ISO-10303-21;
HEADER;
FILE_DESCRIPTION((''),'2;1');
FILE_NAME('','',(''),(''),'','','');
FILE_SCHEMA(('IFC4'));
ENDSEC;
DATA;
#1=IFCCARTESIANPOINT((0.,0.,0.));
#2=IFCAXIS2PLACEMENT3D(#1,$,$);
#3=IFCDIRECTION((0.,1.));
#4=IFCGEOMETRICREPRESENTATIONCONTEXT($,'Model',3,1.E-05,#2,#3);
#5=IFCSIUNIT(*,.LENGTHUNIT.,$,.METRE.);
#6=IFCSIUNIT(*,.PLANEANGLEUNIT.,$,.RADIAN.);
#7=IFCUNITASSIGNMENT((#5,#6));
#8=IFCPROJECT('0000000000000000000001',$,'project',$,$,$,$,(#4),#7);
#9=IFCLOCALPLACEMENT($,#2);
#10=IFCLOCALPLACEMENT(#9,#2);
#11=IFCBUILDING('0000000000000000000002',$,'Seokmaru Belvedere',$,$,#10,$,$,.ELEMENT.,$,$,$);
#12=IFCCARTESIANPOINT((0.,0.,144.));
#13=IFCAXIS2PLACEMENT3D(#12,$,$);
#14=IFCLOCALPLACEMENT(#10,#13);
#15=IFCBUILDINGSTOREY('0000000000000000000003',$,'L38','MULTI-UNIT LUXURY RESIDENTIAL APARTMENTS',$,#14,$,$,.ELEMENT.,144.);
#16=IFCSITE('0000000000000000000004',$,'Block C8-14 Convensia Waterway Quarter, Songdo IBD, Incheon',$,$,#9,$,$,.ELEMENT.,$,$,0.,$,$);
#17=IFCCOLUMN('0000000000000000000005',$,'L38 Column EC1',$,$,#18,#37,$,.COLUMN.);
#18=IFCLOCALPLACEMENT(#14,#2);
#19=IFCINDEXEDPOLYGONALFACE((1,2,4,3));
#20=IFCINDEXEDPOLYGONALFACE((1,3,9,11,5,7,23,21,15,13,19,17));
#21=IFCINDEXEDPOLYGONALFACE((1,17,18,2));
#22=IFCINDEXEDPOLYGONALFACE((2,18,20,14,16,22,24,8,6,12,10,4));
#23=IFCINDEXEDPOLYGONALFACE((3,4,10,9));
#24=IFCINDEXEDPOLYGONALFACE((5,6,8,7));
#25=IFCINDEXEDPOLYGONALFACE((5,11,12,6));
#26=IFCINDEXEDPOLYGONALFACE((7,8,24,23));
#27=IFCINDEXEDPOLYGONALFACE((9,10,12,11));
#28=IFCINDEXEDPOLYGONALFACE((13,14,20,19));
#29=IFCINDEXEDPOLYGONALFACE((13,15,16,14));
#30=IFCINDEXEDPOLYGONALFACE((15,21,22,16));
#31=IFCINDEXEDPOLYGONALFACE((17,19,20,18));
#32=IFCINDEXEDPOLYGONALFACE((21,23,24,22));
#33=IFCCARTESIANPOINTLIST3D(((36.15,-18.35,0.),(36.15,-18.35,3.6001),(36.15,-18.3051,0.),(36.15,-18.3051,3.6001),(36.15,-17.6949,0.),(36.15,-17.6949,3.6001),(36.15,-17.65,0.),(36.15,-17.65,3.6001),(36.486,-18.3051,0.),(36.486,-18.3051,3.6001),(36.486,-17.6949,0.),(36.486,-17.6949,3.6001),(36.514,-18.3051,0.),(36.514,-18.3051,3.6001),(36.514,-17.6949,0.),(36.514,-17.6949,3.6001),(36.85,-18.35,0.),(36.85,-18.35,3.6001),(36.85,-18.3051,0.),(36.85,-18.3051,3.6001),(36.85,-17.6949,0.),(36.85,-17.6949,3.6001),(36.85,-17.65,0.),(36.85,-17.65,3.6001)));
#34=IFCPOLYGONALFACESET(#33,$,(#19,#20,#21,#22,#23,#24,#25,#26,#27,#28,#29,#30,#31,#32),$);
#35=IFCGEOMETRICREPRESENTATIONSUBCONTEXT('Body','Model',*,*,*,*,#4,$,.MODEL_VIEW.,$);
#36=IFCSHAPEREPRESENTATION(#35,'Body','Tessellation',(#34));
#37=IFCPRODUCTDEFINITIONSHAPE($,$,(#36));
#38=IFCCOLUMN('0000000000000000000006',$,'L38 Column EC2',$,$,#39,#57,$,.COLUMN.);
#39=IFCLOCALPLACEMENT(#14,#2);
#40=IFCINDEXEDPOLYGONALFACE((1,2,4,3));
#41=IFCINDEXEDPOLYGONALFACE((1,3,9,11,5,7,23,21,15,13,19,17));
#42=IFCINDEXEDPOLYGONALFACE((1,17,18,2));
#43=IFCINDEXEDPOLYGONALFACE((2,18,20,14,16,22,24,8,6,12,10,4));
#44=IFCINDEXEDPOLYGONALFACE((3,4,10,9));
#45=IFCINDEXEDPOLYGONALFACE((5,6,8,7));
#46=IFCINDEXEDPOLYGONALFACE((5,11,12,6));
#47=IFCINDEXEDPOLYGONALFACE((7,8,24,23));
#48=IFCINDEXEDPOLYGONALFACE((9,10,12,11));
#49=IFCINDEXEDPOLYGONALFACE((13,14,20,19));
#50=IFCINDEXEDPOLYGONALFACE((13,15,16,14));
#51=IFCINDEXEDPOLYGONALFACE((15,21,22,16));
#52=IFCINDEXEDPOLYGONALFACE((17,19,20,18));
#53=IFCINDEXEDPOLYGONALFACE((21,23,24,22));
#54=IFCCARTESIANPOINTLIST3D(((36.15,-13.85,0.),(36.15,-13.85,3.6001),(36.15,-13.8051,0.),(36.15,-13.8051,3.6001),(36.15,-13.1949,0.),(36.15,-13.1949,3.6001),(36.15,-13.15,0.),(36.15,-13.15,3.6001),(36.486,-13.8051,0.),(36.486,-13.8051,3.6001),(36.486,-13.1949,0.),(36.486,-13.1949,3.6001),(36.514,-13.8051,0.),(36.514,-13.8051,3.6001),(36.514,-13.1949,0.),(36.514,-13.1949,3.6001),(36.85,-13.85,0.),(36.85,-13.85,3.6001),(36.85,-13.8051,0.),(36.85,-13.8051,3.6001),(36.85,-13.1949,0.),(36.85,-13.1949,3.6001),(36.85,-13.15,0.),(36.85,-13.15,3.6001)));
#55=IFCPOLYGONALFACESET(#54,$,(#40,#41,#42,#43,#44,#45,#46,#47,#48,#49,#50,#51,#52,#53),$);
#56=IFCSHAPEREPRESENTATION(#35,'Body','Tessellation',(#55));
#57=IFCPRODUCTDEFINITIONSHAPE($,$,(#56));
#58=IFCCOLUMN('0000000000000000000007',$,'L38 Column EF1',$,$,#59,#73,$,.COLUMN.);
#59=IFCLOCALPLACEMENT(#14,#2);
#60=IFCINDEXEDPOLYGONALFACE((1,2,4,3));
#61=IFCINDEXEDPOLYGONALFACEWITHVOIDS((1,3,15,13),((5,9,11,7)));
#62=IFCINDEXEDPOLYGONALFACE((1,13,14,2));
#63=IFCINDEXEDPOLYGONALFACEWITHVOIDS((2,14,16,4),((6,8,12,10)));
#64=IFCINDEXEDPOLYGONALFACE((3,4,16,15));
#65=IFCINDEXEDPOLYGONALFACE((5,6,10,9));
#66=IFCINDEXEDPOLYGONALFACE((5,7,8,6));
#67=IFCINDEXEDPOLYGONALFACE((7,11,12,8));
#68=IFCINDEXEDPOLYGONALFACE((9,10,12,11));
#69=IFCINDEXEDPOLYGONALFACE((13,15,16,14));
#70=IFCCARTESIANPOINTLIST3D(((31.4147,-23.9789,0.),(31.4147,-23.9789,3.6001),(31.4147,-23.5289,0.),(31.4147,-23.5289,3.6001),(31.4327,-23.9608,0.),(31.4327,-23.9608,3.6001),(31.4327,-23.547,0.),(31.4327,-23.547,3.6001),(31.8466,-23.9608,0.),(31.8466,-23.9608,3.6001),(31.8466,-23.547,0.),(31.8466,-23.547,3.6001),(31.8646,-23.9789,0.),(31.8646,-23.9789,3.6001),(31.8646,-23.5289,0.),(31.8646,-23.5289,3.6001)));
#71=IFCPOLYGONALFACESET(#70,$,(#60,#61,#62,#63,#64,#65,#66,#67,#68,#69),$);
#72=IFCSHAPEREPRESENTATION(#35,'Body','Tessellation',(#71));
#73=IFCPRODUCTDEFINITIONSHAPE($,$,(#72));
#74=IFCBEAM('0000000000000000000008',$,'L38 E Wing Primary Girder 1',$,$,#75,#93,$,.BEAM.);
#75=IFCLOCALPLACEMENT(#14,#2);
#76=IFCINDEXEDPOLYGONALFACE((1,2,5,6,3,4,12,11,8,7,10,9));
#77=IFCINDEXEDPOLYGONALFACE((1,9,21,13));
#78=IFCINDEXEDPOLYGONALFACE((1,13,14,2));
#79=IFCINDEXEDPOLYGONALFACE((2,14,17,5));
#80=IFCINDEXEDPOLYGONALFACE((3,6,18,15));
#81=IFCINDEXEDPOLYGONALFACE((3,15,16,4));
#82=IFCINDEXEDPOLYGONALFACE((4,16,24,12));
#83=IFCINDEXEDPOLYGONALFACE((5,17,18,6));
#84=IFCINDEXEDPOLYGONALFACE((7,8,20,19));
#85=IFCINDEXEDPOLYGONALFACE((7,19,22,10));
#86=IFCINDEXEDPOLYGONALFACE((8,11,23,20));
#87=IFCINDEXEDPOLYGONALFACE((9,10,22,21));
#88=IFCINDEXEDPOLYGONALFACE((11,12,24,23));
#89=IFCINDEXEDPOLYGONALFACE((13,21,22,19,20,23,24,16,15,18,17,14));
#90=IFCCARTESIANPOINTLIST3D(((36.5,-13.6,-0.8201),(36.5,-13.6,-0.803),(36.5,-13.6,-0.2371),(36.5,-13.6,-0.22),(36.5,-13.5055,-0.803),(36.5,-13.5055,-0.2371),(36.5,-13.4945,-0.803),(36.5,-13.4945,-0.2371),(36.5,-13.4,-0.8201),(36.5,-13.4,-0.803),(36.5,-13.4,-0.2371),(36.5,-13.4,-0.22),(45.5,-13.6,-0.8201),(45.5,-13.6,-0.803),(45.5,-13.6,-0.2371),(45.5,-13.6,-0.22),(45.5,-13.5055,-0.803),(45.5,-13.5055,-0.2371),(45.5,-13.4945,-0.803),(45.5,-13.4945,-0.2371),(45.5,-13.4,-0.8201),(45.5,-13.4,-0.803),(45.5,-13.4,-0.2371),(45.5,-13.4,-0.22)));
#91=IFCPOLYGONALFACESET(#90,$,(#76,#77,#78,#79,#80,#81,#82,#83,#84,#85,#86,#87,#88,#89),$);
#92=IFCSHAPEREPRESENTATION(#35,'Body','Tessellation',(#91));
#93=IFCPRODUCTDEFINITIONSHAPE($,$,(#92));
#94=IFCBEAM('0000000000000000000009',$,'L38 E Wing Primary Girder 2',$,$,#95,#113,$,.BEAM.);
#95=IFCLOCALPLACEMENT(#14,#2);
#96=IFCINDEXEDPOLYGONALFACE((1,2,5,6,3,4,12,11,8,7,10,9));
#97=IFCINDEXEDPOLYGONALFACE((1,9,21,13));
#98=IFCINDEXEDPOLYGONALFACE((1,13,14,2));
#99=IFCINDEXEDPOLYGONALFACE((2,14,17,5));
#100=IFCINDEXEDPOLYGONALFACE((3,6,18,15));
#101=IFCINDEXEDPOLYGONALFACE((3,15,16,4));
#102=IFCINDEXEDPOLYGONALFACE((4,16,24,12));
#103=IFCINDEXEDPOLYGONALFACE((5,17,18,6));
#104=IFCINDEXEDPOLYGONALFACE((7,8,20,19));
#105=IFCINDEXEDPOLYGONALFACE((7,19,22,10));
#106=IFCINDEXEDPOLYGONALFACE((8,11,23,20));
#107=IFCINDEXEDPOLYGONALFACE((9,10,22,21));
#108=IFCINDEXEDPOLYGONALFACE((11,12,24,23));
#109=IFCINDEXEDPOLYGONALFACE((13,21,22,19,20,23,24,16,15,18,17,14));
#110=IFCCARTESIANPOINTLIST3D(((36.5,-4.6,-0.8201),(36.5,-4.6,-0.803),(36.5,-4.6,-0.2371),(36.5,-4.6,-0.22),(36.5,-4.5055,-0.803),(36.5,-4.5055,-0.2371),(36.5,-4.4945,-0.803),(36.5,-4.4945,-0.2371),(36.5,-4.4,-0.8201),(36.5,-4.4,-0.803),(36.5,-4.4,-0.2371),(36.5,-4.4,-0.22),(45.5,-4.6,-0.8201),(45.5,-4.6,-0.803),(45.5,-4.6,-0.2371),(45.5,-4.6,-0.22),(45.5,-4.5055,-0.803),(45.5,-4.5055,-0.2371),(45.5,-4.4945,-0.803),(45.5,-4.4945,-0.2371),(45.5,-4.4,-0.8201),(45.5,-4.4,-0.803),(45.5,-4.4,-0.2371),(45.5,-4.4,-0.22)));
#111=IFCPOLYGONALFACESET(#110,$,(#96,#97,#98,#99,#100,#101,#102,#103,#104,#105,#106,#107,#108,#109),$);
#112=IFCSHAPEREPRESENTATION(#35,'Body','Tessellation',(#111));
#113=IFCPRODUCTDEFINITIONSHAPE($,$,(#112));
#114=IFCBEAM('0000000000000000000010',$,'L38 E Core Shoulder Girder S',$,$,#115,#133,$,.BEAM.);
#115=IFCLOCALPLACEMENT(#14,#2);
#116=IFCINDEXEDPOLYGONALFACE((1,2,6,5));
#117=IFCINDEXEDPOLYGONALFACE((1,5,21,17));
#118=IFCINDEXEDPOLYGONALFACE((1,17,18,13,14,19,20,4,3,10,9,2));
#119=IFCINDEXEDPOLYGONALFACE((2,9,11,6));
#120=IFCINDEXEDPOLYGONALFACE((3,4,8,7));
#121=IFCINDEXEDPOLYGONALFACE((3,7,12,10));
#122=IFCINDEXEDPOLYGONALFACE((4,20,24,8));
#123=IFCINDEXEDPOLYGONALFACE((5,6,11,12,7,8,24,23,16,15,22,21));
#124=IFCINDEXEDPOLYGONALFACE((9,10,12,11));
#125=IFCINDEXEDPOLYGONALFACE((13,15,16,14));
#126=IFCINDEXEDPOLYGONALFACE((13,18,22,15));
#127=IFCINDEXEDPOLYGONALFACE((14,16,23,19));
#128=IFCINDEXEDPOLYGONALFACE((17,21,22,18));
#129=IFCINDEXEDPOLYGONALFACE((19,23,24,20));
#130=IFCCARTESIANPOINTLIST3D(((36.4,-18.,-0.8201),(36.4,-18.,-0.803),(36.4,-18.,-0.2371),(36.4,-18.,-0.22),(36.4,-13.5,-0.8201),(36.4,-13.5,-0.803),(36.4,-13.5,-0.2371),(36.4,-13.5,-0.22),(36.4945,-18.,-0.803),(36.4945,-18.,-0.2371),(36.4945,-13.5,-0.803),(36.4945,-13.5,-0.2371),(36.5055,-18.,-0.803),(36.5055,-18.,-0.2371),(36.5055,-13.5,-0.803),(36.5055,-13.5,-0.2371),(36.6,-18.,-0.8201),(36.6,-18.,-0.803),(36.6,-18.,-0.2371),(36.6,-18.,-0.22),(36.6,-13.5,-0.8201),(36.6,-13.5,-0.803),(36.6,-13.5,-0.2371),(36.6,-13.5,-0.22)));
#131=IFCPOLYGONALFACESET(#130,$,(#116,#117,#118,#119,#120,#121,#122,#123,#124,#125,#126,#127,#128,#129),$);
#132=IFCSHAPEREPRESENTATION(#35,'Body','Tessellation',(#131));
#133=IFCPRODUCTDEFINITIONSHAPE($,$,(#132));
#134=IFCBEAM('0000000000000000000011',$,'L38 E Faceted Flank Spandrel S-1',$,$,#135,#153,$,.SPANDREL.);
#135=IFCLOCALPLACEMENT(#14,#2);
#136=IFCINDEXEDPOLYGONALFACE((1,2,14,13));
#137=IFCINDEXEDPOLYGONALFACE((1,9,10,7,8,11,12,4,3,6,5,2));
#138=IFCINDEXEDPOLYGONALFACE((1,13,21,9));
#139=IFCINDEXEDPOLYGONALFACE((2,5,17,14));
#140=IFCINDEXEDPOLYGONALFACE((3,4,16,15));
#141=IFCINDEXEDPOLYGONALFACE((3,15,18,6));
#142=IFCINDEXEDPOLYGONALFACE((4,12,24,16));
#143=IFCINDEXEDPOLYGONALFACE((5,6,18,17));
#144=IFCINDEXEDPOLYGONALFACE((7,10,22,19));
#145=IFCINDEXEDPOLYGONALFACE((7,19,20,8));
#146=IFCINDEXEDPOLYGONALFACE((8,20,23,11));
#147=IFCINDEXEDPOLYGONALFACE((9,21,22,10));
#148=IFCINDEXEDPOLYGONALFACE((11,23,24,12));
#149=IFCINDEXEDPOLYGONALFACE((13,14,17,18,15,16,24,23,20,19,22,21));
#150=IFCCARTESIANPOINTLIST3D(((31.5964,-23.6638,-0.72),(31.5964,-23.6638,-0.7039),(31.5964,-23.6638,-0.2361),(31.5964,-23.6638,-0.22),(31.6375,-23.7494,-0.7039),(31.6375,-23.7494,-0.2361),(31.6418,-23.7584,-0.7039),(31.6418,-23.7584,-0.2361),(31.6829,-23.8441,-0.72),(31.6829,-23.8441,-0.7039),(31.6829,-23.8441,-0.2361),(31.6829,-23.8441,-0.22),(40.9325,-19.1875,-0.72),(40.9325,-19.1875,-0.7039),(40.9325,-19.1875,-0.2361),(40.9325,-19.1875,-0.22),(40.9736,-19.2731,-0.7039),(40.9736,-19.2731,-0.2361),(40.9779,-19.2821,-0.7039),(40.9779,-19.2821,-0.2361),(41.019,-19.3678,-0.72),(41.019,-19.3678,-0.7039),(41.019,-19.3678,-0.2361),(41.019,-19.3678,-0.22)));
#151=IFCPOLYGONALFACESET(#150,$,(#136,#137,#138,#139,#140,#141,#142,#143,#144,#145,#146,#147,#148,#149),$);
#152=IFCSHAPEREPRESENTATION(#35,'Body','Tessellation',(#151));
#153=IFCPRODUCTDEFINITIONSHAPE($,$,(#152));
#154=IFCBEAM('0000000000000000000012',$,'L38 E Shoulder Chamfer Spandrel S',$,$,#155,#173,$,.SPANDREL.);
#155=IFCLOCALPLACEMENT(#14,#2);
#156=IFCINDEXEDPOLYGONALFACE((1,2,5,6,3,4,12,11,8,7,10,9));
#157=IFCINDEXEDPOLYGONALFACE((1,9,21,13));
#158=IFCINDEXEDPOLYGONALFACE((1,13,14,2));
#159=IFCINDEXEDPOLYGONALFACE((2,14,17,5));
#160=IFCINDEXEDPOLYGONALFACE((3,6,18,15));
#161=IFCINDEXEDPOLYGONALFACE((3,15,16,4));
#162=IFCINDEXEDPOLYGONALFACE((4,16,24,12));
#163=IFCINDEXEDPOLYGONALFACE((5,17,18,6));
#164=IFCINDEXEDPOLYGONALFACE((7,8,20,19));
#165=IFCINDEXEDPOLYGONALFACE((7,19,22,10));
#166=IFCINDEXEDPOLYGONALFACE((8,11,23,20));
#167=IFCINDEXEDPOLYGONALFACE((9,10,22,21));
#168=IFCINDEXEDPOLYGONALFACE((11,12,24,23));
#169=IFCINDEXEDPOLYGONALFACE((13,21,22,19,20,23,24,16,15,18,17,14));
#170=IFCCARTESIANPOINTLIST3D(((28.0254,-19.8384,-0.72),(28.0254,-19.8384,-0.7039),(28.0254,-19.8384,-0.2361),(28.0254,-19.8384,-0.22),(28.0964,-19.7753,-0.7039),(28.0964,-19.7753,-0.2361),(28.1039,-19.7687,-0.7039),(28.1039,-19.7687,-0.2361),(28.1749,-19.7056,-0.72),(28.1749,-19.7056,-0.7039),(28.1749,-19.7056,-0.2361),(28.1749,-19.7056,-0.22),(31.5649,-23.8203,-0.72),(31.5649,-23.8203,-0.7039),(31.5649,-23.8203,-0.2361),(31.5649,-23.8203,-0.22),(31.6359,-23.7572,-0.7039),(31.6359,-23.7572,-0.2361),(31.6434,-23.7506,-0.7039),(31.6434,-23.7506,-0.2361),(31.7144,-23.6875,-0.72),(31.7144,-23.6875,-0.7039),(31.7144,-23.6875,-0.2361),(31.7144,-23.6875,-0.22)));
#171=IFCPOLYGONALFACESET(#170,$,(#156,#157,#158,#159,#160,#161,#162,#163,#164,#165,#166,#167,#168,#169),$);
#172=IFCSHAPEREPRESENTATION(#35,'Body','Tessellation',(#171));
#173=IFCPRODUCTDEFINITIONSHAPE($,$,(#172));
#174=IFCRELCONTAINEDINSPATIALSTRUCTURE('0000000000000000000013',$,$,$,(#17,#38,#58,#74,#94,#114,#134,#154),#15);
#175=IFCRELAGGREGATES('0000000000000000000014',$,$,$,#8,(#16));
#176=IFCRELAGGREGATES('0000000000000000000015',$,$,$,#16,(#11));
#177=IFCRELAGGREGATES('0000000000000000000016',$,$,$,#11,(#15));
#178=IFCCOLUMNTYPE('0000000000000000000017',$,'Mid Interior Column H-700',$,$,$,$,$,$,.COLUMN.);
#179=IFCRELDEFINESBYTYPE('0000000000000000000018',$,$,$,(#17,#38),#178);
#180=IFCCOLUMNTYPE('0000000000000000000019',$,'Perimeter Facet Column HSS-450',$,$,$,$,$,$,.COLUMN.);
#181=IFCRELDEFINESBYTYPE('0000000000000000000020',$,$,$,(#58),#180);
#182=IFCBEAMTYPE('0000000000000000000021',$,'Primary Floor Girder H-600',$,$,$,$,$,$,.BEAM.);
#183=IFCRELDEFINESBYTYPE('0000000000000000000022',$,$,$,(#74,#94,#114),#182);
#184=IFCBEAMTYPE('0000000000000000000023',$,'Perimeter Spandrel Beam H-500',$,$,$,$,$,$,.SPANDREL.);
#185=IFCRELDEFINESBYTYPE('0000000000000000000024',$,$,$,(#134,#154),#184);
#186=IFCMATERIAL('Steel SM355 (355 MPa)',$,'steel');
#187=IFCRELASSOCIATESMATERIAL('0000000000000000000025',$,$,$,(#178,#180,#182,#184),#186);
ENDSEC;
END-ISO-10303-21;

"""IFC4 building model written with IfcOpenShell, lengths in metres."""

from ifc_helpers import new_model, si_unit, direction, frame, origin, origin_2d, place, context, subcontext, project, spatial, hollow_rectangle, i_section, extrude, source, transform, mapped, material, material_profile, profile_set, type_object, type_shapes, element, save


model = new_model("IFC4")

# Units and contexts
model_context = context("Model", 3, precision=1e-05, world=origin(), true_north=direction((0.0, 1.0)))
body_context = subcontext(model_context, "Body", "Model", "MODEL_VIEW")
ifc_project = project(units=[si_unit("LENGTHUNIT", "METRE"), si_unit("PLANEANGLEUNIT", "RADIAN")], contexts=[model_context])

# Site, building, storey
site_placement = place(None, origin())
site = spatial("IfcSite", under=ifc_project, at=site_placement, Name="Block C8-14 Convensia Waterway Quarter, Songdo IBD, Incheon", CompositionType="ELEMENT", RefElevation=0.0)
building_placement = place(site_placement, origin())
building = spatial("IfcBuilding", under=site, at=building_placement, Name="Seokmaru Belvedere", CompositionType="ELEMENT")
storey_placement = place(building_placement, frame((0.0, 0.0, 144.0)))
storey = spatial("IfcBuildingStorey", under=building, at=storey_placement, Name="L38", Description="MULTI-UNIT LUXURY RESIDENTIAL APARTMENTS", CompositionType="ELEMENT", Elevation=144.0)

# Columns
ifc_material_1 = material(Name="Steel SM355 (355 MPa)", Category="steel")
ifc_material_profile_1 = material_profile(ifc_material_1, i_section(OverallWidth=0.7, OverallDepth=0.7, WebThickness=0.0281, FlangeThickness=0.0449, at=origin_2d()), Name="H-700x700x28x45")
ifc_profile_set_1 = profile_set([ifc_material_profile_1], Name="Steel SM355 (355 MPa)")
column_type_1 = type_object("IfcColumnType", Name="Mid Interior Column H-700", PredefinedType="COLUMN", material=ifc_profile_set_1)
shared_shape_1 = source(origin(), body_context, "Body", "SweptSolid", [
    extrude(i_section(OverallWidth=0.7, OverallDepth=0.7, WebThickness=0.0281, FlangeThickness=0.0449, at=origin_2d()), origin(), (0.0, 0.0, 1.0), 3.6001),
])
type_shapes(column_type_1, [shared_shape_1])
for number, where, z_axis, x_axis, name in (
    (1, (36.5, -18.0, 0.0), (0.0, 0.0, 1.0), (1.0, 0.0, 0.0), "L38 Column EC1"),
    (2, (36.5, -13.5, 0.0), (0.0, 0.0, 1.0), (1.0, 0.0, 0.0), "L38 Column EC2"),
):
    element("IfcColumn", number, at=place(storey_placement, frame(where, z_axis=z_axis, x_axis=x_axis)), inside=storey, type_object=column_type_1, Name=name, PredefinedType="COLUMN", context=body_context, shape_type="MappedRepresentation", body=[
        mapped(shared_shape_1, transform((0.0, 0.0, 0.0), scale=1.0)),
    ])
ifc_material_profile_2 = material_profile(ifc_material_1, hollow_rectangle(XDim=0.45, YDim=0.45, WallThickness=0.0181, at=origin_2d()), Name="HSS-450x450x18")
ifc_profile_set_2 = profile_set([ifc_material_profile_2], Name="Steel SM355 (355 MPa)")
column_type_2 = type_object("IfcColumnType", Name="Perimeter Facet Column HSS-450", PredefinedType="COLUMN", material=ifc_profile_set_2)
shared_shape_2 = source(origin(), body_context, "Body", "SweptSolid", [
    extrude(hollow_rectangle(XDim=0.45, YDim=0.45, WallThickness=0.0181, at=origin_2d()), origin(), (0.0, 0.0, 1.0), 3.6001),
])
type_shapes(column_type_2, [shared_shape_2])
column_placement = place(storey_placement, frame((31.6396, -23.7539, 0.0), z_axis=(0.0, 0.0, 1.0), x_axis=(1.0, 0.0, 0.0)))
element("IfcColumn", 3, at=column_placement, inside=storey, type_object=column_type_2, Name="L38 Column EF1", PredefinedType="COLUMN", context=body_context, shape_type="MappedRepresentation", body=[
    mapped(shared_shape_2, transform((0.0, 0.0, 0.0), scale=1.0)),
])

# Beams
ifc_material_profile_3 = material_profile(ifc_material_1, i_section(OverallWidth=0.2, OverallDepth=0.6001, WebThickness=0.011, FlangeThickness=0.0171, at=origin_2d()), Name="H-600x200x11x17")
ifc_profile_set_3 = profile_set([ifc_material_profile_3], Name="Steel SM355 (355 MPa)")
beam_type_1 = type_object("IfcBeamType", Name="Primary Floor Girder H-600", PredefinedType="BEAM", material=ifc_profile_set_3)
shared_shape_3 = source(origin(), body_context, "Body", "SweptSolid", [
    extrude(i_section(OverallWidth=0.2, OverallDepth=0.6001, WebThickness=0.011, FlangeThickness=0.0171, at=origin_2d()), origin(), (0.0, 0.0, 1.0), 9.0),
])
for number, where, z_axis, x_axis, name in (
    (4, (36.5, -13.5, -0.52), (1.0, 0.0, 0.0), (0.0, 1.0, 0.0), "L38 E Wing Primary Girder 1"),
    (5, (36.5, -4.5, -0.52), (1.0, 0.0, 0.0), (0.0, 1.0, 0.0), "L38 E Wing Primary Girder 2"),
):
    element("IfcBeam", number, at=place(storey_placement, frame(where, z_axis=z_axis, x_axis=x_axis)), inside=storey, type_object=beam_type_1, Name=name, PredefinedType="BEAM", context=body_context, shape_type="MappedRepresentation", body=[
        mapped(shared_shape_3, transform((0.0, 0.0, 0.0), scale=1.0)),
    ])
shared_shape_4 = source(origin(), body_context, "Body", "SweptSolid", [
    extrude(i_section(OverallWidth=0.2, OverallDepth=0.6001, WebThickness=0.011, FlangeThickness=0.0171, at=origin_2d()), origin(), (0.0, 0.0, 1.0), 4.5),
])
type_shapes(beam_type_1, [shared_shape_3, shared_shape_4])
beam_1_placement = place(storey_placement, frame((36.5, -18.0, -0.52), z_axis=(0.0, 1.0, 0.0), x_axis=(-1.0, 0.0, 0.0)))
element("IfcBeam", 6, at=beam_1_placement, inside=storey, type_object=beam_type_1, Name="L38 E Core Shoulder Girder S", PredefinedType="BEAM", context=body_context, shape_type="MappedRepresentation", body=[
    mapped(shared_shape_4, transform((0.0, 0.0, 0.0), scale=1.0)),
])
ifc_material_profile_4 = material_profile(ifc_material_1, i_section(OverallWidth=0.2, OverallDepth=0.5, WebThickness=0.01, FlangeThickness=0.0161, at=origin_2d()), Name="H-500x200x10x16")
ifc_profile_set_4 = profile_set([ifc_material_profile_4], Name="Steel SM355 (355 MPa)")
beam_type_2 = type_object("IfcBeamType", Name="Perimeter Spandrel Beam H-500", PredefinedType="SPANDREL", material=ifc_profile_set_4)
shared_shape_5 = source(origin(), body_context, "Body", "SweptSolid", [
    extrude(i_section(OverallWidth=0.2, OverallDepth=0.5, WebThickness=0.01, FlangeThickness=0.0161, at=origin_2d()), origin(), (0.0, 0.0, 1.0), 10.3538),
])
beam_2_placement = place(storey_placement, frame((31.6396, -23.7539, -0.47), z_axis=(0.901713, 0.432335, 0.0), x_axis=(-0.432335, 0.901713, 0.0)))
element("IfcBeam", 7, at=beam_2_placement, inside=storey, type_object=beam_type_2, Name="L38 E Faceted Flank Spandrel S-1", PredefinedType="SPANDREL", context=body_context, shape_type="MappedRepresentation", body=[
    mapped(shared_shape_5, transform((0.0, 0.0, 0.0), scale=1.0)),
])
shared_shape_6 = source(origin(), body_context, "Body", "SweptSolid", [
    extrude(i_section(OverallWidth=0.2, OverallDepth=0.5, WebThickness=0.01, FlangeThickness=0.0161, at=origin_2d()), origin(), (0.0, 0.0, 1.0), 5.3276),
])
beam_3_placement = place(storey_placement, frame((31.6396, -23.7539, -0.47), z_axis=(-0.66437, 0.747404, 0.0), x_axis=(-0.747404, -0.66437, 0.0)))
element("IfcBeam", 8, at=beam_3_placement, inside=storey, type_object=beam_type_2, Name="L38 E Shoulder Chamfer Spandrel S", PredefinedType="SPANDREL", context=body_context, shape_type="MappedRepresentation", body=[
    mapped(shared_shape_6, transform((0.0, 0.0, 0.0), scale=1.0)),
])

save(model, "model.ifc")
